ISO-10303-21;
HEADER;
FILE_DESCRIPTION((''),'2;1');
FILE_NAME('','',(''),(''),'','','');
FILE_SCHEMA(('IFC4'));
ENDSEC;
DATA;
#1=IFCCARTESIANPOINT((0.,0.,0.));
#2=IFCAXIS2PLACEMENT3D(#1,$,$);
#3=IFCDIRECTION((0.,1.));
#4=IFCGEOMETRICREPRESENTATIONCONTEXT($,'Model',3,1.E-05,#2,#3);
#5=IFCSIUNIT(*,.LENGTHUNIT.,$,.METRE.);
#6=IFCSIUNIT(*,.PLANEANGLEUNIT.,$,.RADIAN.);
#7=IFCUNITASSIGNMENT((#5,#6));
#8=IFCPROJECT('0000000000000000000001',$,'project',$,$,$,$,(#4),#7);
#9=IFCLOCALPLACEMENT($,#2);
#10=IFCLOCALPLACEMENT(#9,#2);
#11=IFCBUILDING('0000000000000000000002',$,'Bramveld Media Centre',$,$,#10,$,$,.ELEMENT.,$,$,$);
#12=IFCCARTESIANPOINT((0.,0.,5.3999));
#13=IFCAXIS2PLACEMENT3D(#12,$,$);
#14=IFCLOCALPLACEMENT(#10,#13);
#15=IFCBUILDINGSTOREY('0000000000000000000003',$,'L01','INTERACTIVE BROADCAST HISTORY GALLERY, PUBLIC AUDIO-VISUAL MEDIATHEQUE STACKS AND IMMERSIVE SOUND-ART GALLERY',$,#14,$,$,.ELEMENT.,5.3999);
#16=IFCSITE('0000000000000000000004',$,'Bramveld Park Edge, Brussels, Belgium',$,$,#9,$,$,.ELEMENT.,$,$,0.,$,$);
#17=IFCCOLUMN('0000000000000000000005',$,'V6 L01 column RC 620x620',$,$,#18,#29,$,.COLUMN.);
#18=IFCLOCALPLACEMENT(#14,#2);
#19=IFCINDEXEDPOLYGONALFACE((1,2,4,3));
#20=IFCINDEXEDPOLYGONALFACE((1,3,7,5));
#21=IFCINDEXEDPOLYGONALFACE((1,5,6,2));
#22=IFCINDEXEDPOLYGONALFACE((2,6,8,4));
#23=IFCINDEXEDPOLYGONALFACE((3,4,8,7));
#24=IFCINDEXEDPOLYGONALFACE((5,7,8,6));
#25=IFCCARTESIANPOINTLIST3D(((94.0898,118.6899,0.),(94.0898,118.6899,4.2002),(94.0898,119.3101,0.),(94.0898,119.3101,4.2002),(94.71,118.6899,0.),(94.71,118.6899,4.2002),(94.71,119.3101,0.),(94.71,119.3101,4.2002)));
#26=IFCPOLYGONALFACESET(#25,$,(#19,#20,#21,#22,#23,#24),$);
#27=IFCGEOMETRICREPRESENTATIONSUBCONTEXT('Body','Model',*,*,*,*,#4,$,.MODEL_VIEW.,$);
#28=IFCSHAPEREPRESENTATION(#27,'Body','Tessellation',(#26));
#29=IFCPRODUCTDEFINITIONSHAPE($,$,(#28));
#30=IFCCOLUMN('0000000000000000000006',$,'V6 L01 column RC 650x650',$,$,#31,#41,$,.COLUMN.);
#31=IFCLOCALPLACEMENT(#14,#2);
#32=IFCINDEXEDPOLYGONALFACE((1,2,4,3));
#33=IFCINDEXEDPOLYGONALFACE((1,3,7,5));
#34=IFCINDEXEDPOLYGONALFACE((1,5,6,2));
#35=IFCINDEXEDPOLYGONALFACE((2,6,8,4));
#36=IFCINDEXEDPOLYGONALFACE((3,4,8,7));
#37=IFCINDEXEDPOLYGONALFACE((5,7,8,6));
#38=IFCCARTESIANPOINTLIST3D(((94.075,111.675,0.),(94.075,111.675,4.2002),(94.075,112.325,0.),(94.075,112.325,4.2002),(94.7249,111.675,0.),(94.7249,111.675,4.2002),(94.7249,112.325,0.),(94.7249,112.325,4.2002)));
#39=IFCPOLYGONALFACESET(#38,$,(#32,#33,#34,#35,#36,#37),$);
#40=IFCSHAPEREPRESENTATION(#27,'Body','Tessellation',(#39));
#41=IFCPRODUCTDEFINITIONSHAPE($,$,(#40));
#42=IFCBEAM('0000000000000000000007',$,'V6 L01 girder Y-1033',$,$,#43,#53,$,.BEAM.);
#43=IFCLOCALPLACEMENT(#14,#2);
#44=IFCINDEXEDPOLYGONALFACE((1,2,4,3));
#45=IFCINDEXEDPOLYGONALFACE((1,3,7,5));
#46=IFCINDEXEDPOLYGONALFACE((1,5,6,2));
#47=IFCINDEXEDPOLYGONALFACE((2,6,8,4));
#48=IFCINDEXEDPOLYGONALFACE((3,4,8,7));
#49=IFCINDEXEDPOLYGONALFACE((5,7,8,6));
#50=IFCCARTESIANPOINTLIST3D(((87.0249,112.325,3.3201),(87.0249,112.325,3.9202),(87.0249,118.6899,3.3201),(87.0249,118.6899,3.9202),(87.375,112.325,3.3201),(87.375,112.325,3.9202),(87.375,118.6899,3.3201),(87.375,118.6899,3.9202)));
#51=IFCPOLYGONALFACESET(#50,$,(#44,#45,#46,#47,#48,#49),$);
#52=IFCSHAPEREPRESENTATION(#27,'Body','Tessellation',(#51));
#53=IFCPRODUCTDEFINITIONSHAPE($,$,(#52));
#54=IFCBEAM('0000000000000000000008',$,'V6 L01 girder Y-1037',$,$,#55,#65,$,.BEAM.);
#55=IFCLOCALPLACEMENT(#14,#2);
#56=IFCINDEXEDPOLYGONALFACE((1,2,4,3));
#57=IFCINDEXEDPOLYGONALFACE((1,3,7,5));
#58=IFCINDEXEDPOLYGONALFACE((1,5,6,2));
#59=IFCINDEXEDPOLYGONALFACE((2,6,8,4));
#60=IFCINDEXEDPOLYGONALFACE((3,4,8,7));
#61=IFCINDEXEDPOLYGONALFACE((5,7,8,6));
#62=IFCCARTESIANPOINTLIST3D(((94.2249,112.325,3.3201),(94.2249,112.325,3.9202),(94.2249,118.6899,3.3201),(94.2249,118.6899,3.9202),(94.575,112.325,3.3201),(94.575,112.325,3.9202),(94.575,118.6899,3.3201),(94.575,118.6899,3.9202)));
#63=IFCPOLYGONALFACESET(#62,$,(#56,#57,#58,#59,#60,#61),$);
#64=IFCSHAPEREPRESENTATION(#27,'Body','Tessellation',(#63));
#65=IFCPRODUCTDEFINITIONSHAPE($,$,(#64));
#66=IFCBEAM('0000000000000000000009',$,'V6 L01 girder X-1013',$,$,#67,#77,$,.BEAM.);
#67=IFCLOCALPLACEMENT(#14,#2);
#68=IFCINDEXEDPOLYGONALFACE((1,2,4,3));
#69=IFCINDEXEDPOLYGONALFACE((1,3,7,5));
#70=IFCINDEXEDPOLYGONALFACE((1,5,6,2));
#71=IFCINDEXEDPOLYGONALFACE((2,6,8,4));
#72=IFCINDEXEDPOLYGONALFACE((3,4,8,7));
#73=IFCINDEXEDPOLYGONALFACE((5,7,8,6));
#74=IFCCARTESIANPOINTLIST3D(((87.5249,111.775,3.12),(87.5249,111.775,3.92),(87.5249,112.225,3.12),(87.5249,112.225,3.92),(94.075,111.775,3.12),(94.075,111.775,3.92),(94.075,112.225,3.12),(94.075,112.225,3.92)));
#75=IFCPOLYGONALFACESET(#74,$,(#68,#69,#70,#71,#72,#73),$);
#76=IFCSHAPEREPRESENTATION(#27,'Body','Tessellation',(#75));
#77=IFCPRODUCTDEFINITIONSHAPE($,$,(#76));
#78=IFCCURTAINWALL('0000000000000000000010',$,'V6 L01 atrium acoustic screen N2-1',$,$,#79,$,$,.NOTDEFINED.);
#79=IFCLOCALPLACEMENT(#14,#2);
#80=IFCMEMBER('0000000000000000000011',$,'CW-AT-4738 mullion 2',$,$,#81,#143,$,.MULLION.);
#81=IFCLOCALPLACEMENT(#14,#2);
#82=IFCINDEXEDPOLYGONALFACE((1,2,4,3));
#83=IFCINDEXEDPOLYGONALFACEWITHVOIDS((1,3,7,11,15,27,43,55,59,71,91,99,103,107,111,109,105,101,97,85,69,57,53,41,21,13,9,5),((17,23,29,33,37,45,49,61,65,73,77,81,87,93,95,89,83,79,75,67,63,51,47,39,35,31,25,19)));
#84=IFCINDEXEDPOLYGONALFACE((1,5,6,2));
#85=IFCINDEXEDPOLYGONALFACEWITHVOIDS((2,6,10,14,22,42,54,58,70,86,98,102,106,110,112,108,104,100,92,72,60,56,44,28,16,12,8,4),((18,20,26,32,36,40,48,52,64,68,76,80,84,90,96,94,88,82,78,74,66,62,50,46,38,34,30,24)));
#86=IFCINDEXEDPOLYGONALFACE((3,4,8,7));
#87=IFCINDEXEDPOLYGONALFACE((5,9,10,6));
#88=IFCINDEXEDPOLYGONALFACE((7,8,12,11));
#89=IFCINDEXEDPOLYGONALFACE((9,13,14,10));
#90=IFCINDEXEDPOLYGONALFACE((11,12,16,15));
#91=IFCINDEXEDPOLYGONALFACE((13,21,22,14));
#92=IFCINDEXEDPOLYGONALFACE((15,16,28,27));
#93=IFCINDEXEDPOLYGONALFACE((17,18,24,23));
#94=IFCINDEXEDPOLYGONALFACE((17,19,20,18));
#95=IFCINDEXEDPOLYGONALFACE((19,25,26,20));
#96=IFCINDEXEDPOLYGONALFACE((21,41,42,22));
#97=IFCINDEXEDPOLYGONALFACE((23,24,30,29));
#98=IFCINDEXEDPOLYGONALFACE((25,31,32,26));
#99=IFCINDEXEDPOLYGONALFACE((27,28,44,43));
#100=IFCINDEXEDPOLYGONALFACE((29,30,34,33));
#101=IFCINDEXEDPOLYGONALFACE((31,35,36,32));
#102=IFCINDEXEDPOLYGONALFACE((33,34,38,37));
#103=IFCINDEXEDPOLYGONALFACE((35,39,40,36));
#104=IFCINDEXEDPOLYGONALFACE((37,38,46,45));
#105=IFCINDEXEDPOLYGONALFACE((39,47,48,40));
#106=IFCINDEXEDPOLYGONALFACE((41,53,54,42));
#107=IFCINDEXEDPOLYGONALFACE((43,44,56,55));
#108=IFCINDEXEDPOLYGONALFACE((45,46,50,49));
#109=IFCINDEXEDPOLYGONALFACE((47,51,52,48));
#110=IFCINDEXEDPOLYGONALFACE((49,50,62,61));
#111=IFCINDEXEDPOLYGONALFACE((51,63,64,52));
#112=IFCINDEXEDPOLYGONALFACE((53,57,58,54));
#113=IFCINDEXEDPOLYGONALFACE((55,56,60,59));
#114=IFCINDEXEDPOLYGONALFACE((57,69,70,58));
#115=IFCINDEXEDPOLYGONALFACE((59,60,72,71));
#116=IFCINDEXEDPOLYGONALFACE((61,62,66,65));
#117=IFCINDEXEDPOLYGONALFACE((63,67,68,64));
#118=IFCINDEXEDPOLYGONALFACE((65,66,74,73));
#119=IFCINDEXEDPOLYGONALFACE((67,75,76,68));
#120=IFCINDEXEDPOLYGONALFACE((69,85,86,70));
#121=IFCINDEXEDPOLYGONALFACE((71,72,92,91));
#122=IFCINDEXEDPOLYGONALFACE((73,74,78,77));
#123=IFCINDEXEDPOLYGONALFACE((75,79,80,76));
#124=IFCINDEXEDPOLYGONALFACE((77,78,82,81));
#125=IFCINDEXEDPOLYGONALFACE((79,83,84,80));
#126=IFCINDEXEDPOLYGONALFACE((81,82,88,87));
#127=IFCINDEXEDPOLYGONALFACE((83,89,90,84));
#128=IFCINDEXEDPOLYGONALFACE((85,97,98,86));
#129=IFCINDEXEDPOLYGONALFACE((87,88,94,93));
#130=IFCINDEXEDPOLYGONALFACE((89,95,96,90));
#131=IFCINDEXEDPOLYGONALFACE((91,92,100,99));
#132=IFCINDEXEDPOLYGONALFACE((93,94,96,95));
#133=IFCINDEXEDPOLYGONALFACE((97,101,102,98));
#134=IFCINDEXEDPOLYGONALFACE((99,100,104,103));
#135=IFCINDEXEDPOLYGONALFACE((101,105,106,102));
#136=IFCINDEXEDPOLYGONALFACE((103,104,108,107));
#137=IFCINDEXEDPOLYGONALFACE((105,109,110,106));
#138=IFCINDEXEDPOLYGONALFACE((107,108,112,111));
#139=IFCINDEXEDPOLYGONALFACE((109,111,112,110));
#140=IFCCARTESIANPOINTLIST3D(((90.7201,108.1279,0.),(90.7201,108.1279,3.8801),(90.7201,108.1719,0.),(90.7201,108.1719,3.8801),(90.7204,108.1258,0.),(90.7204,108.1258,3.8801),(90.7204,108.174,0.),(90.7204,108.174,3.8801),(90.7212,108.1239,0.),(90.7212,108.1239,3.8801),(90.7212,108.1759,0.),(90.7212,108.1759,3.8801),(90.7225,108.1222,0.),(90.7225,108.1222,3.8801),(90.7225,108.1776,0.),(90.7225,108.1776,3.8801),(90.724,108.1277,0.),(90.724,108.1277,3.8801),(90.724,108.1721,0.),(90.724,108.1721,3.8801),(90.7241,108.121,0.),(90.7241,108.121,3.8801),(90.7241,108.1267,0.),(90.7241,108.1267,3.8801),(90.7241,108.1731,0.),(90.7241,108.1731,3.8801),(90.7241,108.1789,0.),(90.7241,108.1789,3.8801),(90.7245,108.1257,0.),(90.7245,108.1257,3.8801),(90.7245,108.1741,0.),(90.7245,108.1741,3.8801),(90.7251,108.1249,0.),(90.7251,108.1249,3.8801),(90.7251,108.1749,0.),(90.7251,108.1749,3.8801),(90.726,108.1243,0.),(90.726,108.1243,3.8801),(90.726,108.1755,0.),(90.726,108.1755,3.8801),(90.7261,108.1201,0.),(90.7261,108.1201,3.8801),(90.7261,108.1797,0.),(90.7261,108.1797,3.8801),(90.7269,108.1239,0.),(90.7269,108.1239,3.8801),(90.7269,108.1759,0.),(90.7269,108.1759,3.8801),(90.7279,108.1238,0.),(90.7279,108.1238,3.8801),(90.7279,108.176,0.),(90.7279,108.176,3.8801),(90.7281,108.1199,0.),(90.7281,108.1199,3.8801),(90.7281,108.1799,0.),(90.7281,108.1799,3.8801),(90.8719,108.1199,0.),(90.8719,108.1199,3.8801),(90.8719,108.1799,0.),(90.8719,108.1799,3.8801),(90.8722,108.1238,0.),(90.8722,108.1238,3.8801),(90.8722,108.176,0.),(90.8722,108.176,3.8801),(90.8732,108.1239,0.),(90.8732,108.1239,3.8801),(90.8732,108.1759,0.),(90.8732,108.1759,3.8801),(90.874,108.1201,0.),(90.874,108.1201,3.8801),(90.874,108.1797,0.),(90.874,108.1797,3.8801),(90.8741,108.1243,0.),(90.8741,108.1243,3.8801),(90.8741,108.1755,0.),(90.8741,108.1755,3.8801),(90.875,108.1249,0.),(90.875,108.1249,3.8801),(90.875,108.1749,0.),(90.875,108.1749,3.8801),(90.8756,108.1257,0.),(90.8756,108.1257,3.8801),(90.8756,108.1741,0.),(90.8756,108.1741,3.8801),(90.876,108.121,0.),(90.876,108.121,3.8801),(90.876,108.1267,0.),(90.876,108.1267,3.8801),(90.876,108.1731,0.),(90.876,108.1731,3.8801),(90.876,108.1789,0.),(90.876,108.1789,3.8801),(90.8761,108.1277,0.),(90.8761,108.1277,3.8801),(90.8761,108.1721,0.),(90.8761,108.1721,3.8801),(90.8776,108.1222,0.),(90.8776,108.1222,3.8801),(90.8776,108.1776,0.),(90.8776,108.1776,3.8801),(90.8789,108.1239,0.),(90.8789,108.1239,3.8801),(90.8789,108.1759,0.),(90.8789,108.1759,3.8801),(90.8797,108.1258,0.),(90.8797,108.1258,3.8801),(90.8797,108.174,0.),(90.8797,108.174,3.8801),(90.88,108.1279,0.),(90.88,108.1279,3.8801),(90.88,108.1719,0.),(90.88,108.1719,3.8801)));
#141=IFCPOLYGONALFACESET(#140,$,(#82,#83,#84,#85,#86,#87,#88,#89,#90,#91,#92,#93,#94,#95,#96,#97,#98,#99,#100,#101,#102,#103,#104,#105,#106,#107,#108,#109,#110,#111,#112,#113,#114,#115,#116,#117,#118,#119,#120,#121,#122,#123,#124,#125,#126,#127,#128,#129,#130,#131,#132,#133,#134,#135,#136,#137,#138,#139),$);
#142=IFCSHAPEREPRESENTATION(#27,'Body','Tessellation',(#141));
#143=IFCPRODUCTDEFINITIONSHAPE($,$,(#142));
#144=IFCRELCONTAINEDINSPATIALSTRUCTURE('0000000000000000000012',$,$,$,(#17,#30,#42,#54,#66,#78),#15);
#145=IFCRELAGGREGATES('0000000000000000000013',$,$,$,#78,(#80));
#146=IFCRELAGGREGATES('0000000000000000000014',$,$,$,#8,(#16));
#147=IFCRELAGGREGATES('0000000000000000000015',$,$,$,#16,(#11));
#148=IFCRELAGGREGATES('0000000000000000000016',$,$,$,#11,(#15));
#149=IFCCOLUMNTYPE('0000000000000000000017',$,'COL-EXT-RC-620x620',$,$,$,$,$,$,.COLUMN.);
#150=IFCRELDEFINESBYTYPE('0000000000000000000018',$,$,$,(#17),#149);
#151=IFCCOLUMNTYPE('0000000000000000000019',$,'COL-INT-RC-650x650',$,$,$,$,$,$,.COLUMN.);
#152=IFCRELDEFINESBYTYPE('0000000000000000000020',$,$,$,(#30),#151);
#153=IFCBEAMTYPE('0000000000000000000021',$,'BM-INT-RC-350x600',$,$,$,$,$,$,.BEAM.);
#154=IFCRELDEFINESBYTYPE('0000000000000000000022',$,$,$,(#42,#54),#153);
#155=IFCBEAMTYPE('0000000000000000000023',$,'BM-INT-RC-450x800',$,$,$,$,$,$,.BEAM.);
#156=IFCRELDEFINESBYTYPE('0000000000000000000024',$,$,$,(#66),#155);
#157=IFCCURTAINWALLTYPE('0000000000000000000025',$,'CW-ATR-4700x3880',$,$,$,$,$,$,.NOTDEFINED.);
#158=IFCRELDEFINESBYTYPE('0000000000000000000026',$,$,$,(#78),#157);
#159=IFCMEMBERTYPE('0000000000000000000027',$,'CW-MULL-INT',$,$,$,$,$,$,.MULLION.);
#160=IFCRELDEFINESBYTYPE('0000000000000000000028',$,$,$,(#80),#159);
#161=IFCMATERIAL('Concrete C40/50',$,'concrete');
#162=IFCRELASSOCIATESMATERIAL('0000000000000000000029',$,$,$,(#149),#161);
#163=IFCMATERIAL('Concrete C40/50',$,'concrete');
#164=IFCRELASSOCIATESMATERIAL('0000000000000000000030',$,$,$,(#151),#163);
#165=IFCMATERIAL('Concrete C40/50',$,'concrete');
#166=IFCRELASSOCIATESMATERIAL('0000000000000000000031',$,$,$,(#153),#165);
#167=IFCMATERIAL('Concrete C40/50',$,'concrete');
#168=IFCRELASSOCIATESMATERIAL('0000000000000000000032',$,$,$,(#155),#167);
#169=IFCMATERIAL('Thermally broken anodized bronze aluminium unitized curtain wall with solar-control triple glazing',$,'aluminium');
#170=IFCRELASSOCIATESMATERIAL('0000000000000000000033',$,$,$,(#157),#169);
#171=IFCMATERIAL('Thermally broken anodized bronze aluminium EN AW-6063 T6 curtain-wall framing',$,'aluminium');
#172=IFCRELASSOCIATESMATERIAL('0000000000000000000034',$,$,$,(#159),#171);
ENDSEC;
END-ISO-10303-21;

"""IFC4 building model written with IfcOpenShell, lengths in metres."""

from ifc_helpers import new_model, si_unit, direction, frame, origin, origin_2d, place, context, subcontext, project, spatial, rectangle, hollow_rectangle, extrude, material, material_profile, profile_set, type_object, element, aggregate, save


model = new_model("IFC4")

# Units and contexts
model_context = context("Model", 3, precision=1e-05, world=origin(), true_north=direction((0.0, 1.0)))
body_context = subcontext(model_context, "Body", "Model", "MODEL_VIEW")
ifc_project = project(units=[si_unit("LENGTHUNIT", "METRE"), si_unit("PLANEANGLEUNIT", "RADIAN")], contexts=[model_context])

# Site, building, storey
site_placement = place(None, origin())
site = spatial("IfcSite", under=ifc_project, at=site_placement, Name="Bramveld Park Edge, Brussels, Belgium", CompositionType="ELEMENT", RefElevation=0.0)
building_placement = place(site_placement, origin())
building = spatial("IfcBuilding", under=site, at=building_placement, Name="Bramveld Media Centre", CompositionType="ELEMENT")
storey_placement = place(building_placement, frame((0.0, 0.0, 5.3999)))
storey = spatial("IfcBuildingStorey", under=building, at=storey_placement, Name="L01", Description="INTERACTIVE BROADCAST HISTORY GALLERY, PUBLIC AUDIO-VISUAL MEDIATHEQUE STACKS AND IMMERSIVE SOUND-ART GALLERY", CompositionType="ELEMENT", Elevation=5.3999)

# Columns
ifc_material_1 = material(Name="Concrete C40/50", Category="concrete")
ifc_material_profile_1 = material_profile(ifc_material_1, rectangle(XDim=0.6201, YDim=0.6201, at=origin_2d()), Name="RC 620x620")
ifc_profile_set_1 = profile_set([ifc_material_profile_1], Name="Concrete C40/50")
column_type_1 = type_object("IfcColumnType", Name="COL-EXT-RC-620x620", PredefinedType="COLUMN", material=ifc_profile_set_1)
column_1_placement = place(storey_placement, frame((94.3999, 119.0, 0.0), z_axis=(0.0, 0.0, 1.0), x_axis=(1.0, 0.0, 0.0)))
element("IfcColumn", 1, at=column_1_placement, inside=storey, type_object=column_type_1, Name="V6 L01 column RC 620x620", PredefinedType="COLUMN", context=body_context, shape_type="SweptSolid", body=[
    extrude(rectangle(XDim=0.6201, YDim=0.6201, at=origin_2d()), origin(), (0.0, 0.0, 1.0), 4.2002),
])
ifc_material_2 = material(Name="Concrete C40/50", Category="concrete")
ifc_material_profile_2 = material_profile(ifc_material_2, rectangle(XDim=0.6499, YDim=0.6499, at=origin_2d()), Name="RC 650x650")
ifc_profile_set_2 = profile_set([ifc_material_profile_2], Name="Concrete C40/50")
column_type_2 = type_object("IfcColumnType", Name="COL-INT-RC-650x650", PredefinedType="COLUMN", material=ifc_profile_set_2)
column_2_placement = place(storey_placement, frame((94.3999, 112.0, 0.0), z_axis=(0.0, 0.0, 1.0), x_axis=(1.0, 0.0, 0.0)))
element("IfcColumn", 2, at=column_2_placement, inside=storey, type_object=column_type_2, Name="V6 L01 column RC 650x650", PredefinedType="COLUMN", context=body_context, shape_type="SweptSolid", body=[
    extrude(rectangle(XDim=0.6499, YDim=0.6499, at=origin_2d()), origin(), (0.0, 0.0, 1.0), 4.2002),
])

# Beams
ifc_material_3 = material(Name="Concrete C40/50", Category="concrete")
ifc_material_profile_3 = material_profile(ifc_material_3, rectangle(XDim=0.3501, YDim=0.6001, at=origin_2d()), Name="RC 350x600")
ifc_profile_set_3 = profile_set([ifc_material_profile_3], Name="Concrete C40/50")
beam_type_1 = type_object("IfcBeamType", Name="BM-INT-RC-350x600", PredefinedType="BEAM", material=ifc_profile_set_3)
for number, where, z_axis, x_axis, name in (
    (3, (87.2, 112.325, 3.6201), (0.0, 1.0, 0.0), (-1.0, 0.0, 0.0), "V6 L01 girder Y-1033"),
    (4, (94.3999, 112.325, 3.6201), (0.0, 1.0, 0.0), (-1.0, 0.0, 0.0), "V6 L01 girder Y-1037"),
):
    element("IfcBeam", number, at=place(storey_placement, frame(where, z_axis=z_axis, x_axis=x_axis)), inside=storey, type_object=beam_type_1, Name=name, PredefinedType="BEAM", context=body_context, shape_type="SweptSolid", body=[
        extrude(rectangle(XDim=0.3501, YDim=0.6001, at=origin_2d()), origin(), (0.0, 0.0, 1.0), 6.365),
    ])
ifc_material_4 = material(Name="Concrete C40/50", Category="concrete")
ifc_material_profile_4 = material_profile(ifc_material_4, rectangle(XDim=0.45, YDim=0.8, at=origin_2d()), Name="RC 450x800")
ifc_profile_set_4 = profile_set([ifc_material_profile_4], Name="Concrete C40/50")
beam_type_2 = type_object("IfcBeamType", Name="BM-INT-RC-450x800", PredefinedType="BEAM", material=ifc_profile_set_4)
beam_1_placement = place(storey_placement, frame((87.5249, 112.0, 3.52), z_axis=(1.0, 0.0, 0.0), x_axis=(0.0, 1.0, 0.0)))
element("IfcBeam", 5, at=beam_1_placement, inside=storey, type_object=beam_type_2, Name="V6 L01 girder X-1013", PredefinedType="BEAM", context=body_context, shape_type="SweptSolid", body=[
    extrude(rectangle(XDim=0.45, YDim=0.8, at=origin_2d()), origin(), (0.0, 0.0, 1.0), 6.55),
])

# Curtain wall, member
ifc_material_5 = material(Name="Thermally broken anodized bronze aluminium unitized curtain wall with solar-control triple glazing", Category="aluminium")
curtain_wall_type = type_object("IfcCurtainWallType", Name="CW-ATR-4700x3880", PredefinedType="NOTDEFINED", material=ifc_material_5)
curtain_wall_placement = place(storey_placement, origin())
curtain_wall = element("IfcCurtainWall", 6, at=curtain_wall_placement, inside=storey, type_object=curtain_wall_type, Name="V6 L01 atrium acoustic screen N2-1", PredefinedType="NOTDEFINED")
ifc_material_6 = material(Name="Thermally broken anodized bronze aluminium EN AW-6063 T6 curtain-wall framing", Category="aluminium")
ifc_material_profile_5 = material_profile(ifc_material_6, hollow_rectangle(XDim=0.0601, YDim=0.1599, WallThickness=0.0039, InnerFilletRadius=0.0039, OuterFilletRadius=0.0081, at=origin_2d()), Name="AL-MULL 60x160")
ifc_profile_set_5 = profile_set([ifc_material_profile_5], Name="Thermally broken anodized bronze aluminium EN AW-6063 T6 curtain-wall framing")
member_type_1 = type_object("IfcMemberType", Name="CW-MULL-INT", PredefinedType="MULLION", material=ifc_profile_set_5)
member_1_placement = place(storey_placement, frame((90.8, 108.1499, 0.0), z_axis=(0.0, 0.0, 1.0), x_axis=(0.0, 1.0, 0.0)))
member_1 = element("IfcMember", 7, at=member_1_placement, type_object=member_type_1, Name="CW-AT-4738 mullion 2", PredefinedType="MULLION", context=body_context, shape_type="SweptSolid", body=[
    extrude(hollow_rectangle(XDim=0.0601, YDim=0.1599, WallThickness=0.0039, InnerFilletRadius=0.0039, OuterFilletRadius=0.0081, at=origin_2d()), origin(), (0.0, 0.0, 1.0), 3.8801),
])

aggregate(curtain_wall, [member_1])

save(model, "model.ifc")
